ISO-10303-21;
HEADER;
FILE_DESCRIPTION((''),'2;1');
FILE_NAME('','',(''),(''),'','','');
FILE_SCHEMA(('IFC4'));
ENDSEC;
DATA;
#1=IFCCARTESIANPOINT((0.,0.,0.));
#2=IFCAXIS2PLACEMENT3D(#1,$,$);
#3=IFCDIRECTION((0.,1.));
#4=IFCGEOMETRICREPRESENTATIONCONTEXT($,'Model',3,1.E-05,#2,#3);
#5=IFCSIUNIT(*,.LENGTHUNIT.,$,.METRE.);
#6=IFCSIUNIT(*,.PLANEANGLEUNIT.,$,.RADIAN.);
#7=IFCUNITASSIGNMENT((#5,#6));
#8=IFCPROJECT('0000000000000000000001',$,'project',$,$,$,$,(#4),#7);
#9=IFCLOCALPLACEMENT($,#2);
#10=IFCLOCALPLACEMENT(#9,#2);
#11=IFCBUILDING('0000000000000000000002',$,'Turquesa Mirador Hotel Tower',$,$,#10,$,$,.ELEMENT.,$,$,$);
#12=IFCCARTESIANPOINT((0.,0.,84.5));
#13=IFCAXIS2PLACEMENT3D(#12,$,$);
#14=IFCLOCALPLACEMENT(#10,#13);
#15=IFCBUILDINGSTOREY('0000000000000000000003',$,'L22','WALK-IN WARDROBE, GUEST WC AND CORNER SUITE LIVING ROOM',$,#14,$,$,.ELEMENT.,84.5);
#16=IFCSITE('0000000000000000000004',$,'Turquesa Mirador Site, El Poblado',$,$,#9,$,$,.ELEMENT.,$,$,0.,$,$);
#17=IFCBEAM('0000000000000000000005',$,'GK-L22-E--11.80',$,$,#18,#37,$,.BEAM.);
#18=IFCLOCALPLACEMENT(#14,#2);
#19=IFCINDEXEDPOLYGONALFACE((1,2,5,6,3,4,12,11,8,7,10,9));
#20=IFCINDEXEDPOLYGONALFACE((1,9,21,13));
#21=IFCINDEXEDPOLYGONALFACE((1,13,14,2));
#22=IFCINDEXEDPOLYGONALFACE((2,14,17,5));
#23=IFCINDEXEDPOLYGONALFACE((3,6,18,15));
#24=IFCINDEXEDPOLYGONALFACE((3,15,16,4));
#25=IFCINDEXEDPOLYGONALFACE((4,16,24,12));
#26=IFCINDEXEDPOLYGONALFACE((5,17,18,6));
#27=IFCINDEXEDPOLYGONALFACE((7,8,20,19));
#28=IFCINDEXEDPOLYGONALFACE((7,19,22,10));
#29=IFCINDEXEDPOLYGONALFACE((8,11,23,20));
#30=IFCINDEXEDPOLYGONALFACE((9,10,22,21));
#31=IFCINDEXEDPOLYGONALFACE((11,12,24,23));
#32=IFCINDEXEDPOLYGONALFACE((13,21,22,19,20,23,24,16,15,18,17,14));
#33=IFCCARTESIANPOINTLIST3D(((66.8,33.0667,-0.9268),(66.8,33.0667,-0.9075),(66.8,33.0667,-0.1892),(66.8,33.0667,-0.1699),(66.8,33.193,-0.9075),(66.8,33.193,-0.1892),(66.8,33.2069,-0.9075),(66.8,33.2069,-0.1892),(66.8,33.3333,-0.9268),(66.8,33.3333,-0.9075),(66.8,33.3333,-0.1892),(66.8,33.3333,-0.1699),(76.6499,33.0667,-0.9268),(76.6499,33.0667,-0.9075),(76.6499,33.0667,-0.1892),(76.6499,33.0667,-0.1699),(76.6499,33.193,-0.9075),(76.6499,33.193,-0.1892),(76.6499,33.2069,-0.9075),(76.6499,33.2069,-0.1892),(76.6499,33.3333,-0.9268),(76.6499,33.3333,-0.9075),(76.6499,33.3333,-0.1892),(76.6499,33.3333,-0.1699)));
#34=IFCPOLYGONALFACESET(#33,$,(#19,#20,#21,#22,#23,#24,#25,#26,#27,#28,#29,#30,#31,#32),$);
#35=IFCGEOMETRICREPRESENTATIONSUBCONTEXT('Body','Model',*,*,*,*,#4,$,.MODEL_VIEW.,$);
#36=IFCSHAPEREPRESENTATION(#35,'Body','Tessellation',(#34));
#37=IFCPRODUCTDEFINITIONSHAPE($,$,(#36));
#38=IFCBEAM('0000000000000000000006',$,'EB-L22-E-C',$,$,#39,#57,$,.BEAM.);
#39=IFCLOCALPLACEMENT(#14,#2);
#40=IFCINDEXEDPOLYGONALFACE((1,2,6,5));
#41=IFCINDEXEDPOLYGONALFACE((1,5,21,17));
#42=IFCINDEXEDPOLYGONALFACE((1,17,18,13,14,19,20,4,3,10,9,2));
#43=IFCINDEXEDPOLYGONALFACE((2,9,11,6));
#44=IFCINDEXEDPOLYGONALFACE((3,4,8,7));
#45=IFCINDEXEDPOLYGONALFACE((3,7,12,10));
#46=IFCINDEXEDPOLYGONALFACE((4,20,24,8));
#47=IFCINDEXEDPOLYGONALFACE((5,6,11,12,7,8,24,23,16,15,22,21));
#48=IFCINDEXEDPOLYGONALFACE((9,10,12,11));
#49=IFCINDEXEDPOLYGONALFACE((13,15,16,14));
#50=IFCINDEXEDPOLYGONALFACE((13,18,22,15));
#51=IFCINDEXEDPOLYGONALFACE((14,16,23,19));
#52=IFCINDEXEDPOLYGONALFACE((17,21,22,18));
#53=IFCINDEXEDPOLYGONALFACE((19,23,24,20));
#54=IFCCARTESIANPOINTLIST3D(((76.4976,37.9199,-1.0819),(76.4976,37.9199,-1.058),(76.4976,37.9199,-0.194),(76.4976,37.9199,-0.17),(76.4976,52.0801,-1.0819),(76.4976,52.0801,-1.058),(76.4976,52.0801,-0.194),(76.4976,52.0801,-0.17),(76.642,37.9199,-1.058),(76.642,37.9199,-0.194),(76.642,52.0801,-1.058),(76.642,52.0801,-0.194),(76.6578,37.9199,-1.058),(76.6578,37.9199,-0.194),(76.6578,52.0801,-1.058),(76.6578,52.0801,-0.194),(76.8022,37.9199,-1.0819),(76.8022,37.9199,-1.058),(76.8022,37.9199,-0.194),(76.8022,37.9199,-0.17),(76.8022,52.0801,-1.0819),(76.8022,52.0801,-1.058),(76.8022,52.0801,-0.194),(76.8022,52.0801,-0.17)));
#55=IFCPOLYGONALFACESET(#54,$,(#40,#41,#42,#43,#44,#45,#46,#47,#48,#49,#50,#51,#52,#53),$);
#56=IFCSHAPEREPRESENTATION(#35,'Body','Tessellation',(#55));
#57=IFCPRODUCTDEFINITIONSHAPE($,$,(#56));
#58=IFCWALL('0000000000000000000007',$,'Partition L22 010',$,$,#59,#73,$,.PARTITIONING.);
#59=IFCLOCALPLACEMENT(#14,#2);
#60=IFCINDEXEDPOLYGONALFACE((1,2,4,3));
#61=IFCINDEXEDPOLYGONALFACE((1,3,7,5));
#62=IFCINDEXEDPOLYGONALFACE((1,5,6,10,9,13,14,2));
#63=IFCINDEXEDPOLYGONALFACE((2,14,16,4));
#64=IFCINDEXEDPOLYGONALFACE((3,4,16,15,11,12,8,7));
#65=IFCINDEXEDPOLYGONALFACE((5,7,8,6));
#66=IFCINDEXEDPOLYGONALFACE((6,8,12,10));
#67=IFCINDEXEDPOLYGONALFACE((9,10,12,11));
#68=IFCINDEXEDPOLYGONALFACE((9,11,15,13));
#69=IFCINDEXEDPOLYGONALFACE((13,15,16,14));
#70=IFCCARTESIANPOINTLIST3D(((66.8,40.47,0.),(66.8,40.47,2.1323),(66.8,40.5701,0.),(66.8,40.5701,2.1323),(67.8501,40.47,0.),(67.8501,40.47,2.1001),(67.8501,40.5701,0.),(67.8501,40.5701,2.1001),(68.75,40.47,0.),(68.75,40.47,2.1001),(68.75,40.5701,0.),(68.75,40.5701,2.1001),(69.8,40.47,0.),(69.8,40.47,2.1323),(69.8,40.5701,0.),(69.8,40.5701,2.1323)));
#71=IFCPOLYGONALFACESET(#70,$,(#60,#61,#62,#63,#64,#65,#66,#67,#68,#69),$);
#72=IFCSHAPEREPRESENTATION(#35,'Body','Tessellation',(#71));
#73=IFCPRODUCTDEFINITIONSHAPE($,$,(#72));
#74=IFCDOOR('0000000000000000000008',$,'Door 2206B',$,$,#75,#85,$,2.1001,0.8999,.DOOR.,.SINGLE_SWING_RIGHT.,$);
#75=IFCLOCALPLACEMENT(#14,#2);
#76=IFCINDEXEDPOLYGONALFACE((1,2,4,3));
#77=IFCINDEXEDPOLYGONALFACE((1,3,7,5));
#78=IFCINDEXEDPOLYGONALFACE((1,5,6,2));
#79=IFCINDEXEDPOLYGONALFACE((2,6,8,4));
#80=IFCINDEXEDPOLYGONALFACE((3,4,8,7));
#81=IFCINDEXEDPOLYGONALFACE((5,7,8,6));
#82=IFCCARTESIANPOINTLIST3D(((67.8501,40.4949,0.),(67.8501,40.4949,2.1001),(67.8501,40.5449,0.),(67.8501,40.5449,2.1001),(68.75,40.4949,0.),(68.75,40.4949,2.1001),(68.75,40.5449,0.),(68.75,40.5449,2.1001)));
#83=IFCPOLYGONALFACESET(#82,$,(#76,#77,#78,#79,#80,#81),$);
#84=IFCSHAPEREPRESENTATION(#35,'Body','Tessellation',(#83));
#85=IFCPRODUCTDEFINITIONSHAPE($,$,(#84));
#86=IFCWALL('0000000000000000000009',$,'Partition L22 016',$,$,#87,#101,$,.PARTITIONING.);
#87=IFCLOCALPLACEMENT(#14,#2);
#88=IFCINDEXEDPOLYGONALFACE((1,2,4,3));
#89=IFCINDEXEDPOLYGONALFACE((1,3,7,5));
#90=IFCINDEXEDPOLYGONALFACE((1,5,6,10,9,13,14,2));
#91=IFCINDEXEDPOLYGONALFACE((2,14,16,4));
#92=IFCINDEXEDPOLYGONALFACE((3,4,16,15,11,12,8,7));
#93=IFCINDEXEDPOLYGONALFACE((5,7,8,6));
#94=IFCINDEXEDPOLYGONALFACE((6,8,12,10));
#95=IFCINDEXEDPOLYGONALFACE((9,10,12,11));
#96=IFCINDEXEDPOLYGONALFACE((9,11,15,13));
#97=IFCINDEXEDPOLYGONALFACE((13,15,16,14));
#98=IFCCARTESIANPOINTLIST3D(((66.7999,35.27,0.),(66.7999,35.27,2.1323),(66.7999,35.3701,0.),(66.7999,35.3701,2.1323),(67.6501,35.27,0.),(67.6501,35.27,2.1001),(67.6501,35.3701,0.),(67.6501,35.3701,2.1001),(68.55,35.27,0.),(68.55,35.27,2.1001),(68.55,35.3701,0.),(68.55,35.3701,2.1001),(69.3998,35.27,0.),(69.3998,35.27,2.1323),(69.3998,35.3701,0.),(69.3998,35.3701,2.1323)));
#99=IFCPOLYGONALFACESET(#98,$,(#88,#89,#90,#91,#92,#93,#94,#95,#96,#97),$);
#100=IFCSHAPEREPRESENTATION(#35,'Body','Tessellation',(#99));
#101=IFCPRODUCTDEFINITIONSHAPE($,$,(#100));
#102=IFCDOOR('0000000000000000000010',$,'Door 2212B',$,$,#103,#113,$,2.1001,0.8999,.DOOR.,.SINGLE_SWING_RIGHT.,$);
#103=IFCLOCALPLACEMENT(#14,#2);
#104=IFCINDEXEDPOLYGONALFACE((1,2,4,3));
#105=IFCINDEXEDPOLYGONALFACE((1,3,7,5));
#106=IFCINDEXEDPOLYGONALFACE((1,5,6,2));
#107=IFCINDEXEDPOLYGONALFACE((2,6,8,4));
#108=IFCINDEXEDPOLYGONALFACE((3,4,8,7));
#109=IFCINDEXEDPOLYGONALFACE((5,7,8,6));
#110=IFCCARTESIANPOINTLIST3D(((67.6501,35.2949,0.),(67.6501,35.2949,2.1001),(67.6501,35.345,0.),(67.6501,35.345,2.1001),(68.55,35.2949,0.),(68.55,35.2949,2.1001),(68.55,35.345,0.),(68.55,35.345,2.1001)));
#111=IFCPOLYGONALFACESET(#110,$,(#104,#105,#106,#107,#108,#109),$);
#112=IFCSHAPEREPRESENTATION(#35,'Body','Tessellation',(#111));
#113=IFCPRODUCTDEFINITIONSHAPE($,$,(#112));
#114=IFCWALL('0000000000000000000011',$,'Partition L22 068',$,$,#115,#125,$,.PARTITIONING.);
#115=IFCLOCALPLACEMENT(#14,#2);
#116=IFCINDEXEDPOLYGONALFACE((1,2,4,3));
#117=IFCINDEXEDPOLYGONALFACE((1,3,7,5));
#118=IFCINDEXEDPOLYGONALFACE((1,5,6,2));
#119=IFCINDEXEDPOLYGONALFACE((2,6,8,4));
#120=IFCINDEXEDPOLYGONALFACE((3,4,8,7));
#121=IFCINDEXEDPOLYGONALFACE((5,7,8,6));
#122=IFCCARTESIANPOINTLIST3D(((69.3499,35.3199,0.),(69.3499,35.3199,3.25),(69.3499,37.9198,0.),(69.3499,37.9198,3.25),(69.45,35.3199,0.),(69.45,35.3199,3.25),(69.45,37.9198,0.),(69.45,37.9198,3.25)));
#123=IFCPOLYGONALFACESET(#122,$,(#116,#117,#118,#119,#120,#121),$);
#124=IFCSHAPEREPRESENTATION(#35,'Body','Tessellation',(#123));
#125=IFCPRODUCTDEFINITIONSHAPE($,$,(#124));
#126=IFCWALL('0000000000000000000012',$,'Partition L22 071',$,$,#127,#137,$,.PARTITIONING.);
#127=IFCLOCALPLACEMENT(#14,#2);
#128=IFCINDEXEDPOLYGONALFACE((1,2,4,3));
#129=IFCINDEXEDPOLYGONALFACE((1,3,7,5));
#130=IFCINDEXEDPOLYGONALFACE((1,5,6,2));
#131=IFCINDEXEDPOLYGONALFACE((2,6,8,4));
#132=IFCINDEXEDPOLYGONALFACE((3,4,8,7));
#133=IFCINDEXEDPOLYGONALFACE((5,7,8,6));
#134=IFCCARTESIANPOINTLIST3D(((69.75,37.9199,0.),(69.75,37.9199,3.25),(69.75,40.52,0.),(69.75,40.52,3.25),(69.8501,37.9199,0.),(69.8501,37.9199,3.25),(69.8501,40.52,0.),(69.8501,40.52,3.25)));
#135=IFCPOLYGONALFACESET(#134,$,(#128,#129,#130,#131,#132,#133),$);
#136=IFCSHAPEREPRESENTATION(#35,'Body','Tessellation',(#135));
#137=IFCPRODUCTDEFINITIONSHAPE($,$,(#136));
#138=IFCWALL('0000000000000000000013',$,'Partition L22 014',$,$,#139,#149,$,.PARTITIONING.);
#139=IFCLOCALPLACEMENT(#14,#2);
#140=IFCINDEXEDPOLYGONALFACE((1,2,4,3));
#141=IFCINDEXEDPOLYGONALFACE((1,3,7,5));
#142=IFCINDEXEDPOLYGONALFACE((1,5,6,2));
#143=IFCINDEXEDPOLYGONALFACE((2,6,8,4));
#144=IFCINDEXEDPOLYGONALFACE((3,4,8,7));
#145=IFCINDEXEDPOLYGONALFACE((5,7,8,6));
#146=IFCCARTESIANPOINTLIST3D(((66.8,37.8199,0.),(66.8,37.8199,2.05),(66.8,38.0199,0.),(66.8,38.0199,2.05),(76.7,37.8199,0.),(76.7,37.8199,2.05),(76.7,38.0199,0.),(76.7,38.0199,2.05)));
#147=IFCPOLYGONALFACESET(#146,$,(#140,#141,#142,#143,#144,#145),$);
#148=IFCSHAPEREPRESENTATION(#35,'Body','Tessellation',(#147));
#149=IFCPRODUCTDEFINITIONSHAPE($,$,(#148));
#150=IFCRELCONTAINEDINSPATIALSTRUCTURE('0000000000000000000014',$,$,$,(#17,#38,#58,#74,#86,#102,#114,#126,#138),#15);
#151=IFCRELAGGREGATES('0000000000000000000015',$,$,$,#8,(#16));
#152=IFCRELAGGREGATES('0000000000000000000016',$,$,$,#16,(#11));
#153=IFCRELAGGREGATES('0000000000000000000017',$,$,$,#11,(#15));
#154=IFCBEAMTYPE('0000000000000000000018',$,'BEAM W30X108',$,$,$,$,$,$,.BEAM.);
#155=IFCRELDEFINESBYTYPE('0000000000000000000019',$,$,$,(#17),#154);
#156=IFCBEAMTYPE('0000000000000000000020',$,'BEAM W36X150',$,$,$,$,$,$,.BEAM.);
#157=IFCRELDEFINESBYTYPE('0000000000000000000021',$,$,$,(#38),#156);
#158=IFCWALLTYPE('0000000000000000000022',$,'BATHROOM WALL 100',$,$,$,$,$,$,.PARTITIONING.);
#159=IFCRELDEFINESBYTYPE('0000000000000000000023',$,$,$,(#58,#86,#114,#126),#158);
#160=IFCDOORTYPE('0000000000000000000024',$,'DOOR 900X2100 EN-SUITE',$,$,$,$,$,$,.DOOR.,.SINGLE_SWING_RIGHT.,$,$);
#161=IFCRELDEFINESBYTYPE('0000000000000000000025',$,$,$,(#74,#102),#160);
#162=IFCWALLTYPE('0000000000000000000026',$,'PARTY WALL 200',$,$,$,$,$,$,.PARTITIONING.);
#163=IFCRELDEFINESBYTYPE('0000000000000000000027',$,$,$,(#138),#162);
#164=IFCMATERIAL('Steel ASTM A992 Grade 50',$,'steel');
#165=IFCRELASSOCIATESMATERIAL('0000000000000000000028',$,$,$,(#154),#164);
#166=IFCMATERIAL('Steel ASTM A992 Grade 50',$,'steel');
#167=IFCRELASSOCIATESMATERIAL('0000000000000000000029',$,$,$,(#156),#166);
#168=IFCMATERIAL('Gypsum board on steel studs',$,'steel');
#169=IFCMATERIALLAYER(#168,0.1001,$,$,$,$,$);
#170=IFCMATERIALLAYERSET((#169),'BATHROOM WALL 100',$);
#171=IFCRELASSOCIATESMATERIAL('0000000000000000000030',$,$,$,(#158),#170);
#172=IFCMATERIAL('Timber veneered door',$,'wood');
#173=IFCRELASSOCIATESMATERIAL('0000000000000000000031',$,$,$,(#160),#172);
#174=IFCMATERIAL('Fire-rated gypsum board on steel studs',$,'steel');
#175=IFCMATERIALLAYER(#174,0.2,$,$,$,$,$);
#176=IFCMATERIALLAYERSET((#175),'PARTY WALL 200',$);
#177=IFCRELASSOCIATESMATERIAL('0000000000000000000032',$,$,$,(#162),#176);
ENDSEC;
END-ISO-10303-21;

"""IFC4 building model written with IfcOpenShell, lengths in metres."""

from ifc_helpers import new_model, si_unit, direction, frame, frame_2d, origin, origin_2d, place, context, subcontext, project, spatial, rectangle, i_section, extrude, material, layer, layer_set, material_profile, profile_set, type_object, element, fill, save


model = new_model("IFC4")

# Units and contexts
model_context = context("Model", 3, precision=1e-05, world=origin(), true_north=direction((0.0, 1.0)))
body_context = subcontext(model_context, "Body", "Model", "MODEL_VIEW")
ifc_project = project(units=[si_unit("LENGTHUNIT", "METRE"), si_unit("PLANEANGLEUNIT", "RADIAN")], contexts=[model_context])

# Site, building, storey
site_placement = place(None, origin())
site = spatial("IfcSite", under=ifc_project, at=site_placement, Name="Turquesa Mirador Site, El Poblado", CompositionType="ELEMENT", RefElevation=0.0)
building_placement = place(site_placement, origin())
building = spatial("IfcBuilding", under=site, at=building_placement, Name="Turquesa Mirador Hotel Tower", CompositionType="ELEMENT")
storey_placement = place(building_placement, frame((0.0, 0.0, 84.5)))
storey = spatial("IfcBuildingStorey", under=building, at=storey_placement, Name="L22", Description="WALK-IN WARDROBE, GUEST WC AND CORNER SUITE LIVING ROOM", CompositionType="ELEMENT", Elevation=84.5)

# Beams
ifc_material_1 = material(Name="Steel ASTM A992 Grade 50", Category="steel")
ifc_material_profile_1 = material_profile(ifc_material_1, i_section(OverallWidth=0.2666, OverallDepth=0.7568, WebThickness=0.0139, FlangeThickness=0.0193, at=origin_2d()), Name="W30X108")
ifc_profile_set_1 = profile_set([ifc_material_profile_1], Name="Steel ASTM A992 Grade 50")
beam_type_1 = type_object("IfcBeamType", Name="BEAM W30X108", PredefinedType="BEAM", material=ifc_profile_set_1)
beam_1_placement = place(storey_placement, frame((76.6499, 33.2, -0.5483), z_axis=(-1.0, 0.0, 0.0), x_axis=(0.0, -1.0, 0.0)))
element("IfcBeam", 1, at=beam_1_placement, inside=storey, type_object=beam_type_1, Name="GK-L22-E--11.80", PredefinedType="BEAM", context=body_context, shape_type="SweptSolid", body=[
    extrude(i_section(OverallWidth=0.2666, OverallDepth=0.7568, WebThickness=0.0139, FlangeThickness=0.0193, at=origin_2d()), origin(), (0.0, 0.0, 1.0), 9.8499),
])
ifc_material_2 = material(Name="Steel ASTM A992 Grade 50", Category="steel")
ifc_material_profile_2 = material_profile(ifc_material_2, i_section(OverallWidth=0.3047, OverallDepth=0.9119, WebThickness=0.0159, FlangeThickness=0.0239, at=origin_2d()), Name="W36X150")
ifc_profile_set_2 = profile_set([ifc_material_profile_2], Name="Steel ASTM A992 Grade 50")
beam_type_2 = type_object("IfcBeamType", Name="BEAM W36X150", PredefinedType="BEAM", material=ifc_profile_set_2)
beam_2_placement = place(storey_placement, frame((76.6499, 37.9199, -0.626), z_axis=(0.0, 1.0, 0.0), x_axis=(-1.0, 0.0, 0.0)))
element("IfcBeam", 2, at=beam_2_placement, inside=storey, type_object=beam_type_2, Name="EB-L22-E-C", PredefinedType="BEAM", context=body_context, shape_type="SweptSolid", body=[
    extrude(i_section(OverallWidth=0.3047, OverallDepth=0.9119, WebThickness=0.0159, FlangeThickness=0.0239, at=origin_2d()), origin(), (0.0, 0.0, 1.0), 14.1602),
])

# Walls, openings, doors
ifc_material_3 = material(Name="Gypsum board on steel studs", Category="steel")
ifc_layer_1 = layer(ifc_material_3, 0.1001)
ifc_layer_set_1 = layer_set([ifc_layer_1], Name="BATHROOM WALL 100")
wall_type_1 = type_object("IfcWallType", Name="BATHROOM WALL 100", PredefinedType="PARTITIONING", material=ifc_layer_set_1)
wall_1_placement = place(storey_placement, frame((66.8, 40.52, 0.0), z_axis=(0.0, 0.0, 1.0), x_axis=(1.0, 0.0, 0.0)))
wall_1 = element("IfcWall", 3, at=wall_1_placement, inside=storey, type_object=wall_type_1, Name="Partition L22 010", PredefinedType="PARTITIONING", context=body_context, shape_type="SweptSolid", body=[
    extrude(rectangle(XDim=3.0, YDim=0.1001, at=frame_2d((1.5, 0.0))), origin(), (0.0, 0.0, 1.0), 2.1323),
])
opening_1_placement = place(wall_1_placement, frame((1.05, 0.0, 0.0)))
opening_1 = element("IfcOpeningElement", 4, at=opening_1_placement, cuts=wall_1, PredefinedType="OPENING", context=body_context, shape_type="SweptSolid", body=[
    extrude(rectangle(XDim=0.8999, YDim=2.1001, at=frame_2d((0.45, 1.05))), frame((0.0, 0.0601, 0.0), z_axis=(0.0, -1.0, 0.0), x_axis=(1.0, 0.0, 0.0)), (0.0, 0.0, 1.0), 0.1201),
])
ifc_material_4 = material(Name="Timber veneered door", Category="wood")
door_type_1 = type_object("IfcDoorType", Name="DOOR 900X2100 EN-SUITE", OperationType="SINGLE_SWING_RIGHT", PredefinedType="DOOR", material=ifc_material_4)
door_1_placement = place(opening_1_placement, origin())
door_1 = element("IfcDoor", 5, at=door_1_placement, inside=storey, type_object=door_type_1, Name="Door 2206B", OperationType="SINGLE_SWING_RIGHT", OverallHeight=2.1001, OverallWidth=0.8999, PredefinedType="DOOR", context=body_context, shape_type="SweptSolid", body=[
    extrude(rectangle(XDim=0.8999, YDim=2.1001, at=frame_2d((0.45, 1.05))), frame((0.0, 0.0249, 0.0), z_axis=(0.0, -1.0, 0.0), x_axis=(1.0, 0.0, 0.0)), (0.0, 0.0, 1.0), 0.05),
])
fill(opening_1, door_1)
wall_2_placement = place(storey_placement, frame((66.8, 35.3201, 0.0), z_axis=(0.0, 0.0, 1.0), x_axis=(1.0, 0.0, 0.0)))
wall_2 = element("IfcWall", 6, at=wall_2_placement, inside=storey, type_object=wall_type_1, Name="Partition L22 016", PredefinedType="PARTITIONING", context=body_context, shape_type="SweptSolid", body=[
    extrude(rectangle(XDim=2.5999, YDim=0.1001, at=frame_2d((1.2998, 0.0))), origin(), (0.0, 0.0, 1.0), 2.1323),
])
opening_2_placement = place(wall_2_placement, frame((0.8501, 0.0, 0.0)))
opening_2 = element("IfcOpeningElement", 7, at=opening_2_placement, cuts=wall_2, PredefinedType="OPENING", context=body_context, shape_type="SweptSolid", body=[
    extrude(rectangle(XDim=0.8999, YDim=2.1001, at=frame_2d((0.45, 1.05))), frame((0.0, 0.0601, 0.0), z_axis=(0.0, -1.0, 0.0), x_axis=(1.0, 0.0, 0.0)), (0.0, 0.0, 1.0), 0.1201),
])
door_2_placement = place(opening_2_placement, origin())
door_2 = element("IfcDoor", 8, at=door_2_placement, inside=storey, type_object=door_type_1, Name="Door 2212B", OperationType="SINGLE_SWING_RIGHT", OverallHeight=2.1001, OverallWidth=0.8999, PredefinedType="DOOR", context=body_context, shape_type="SweptSolid", body=[
    extrude(rectangle(XDim=0.8999, YDim=2.1001, at=frame_2d((0.45, 1.05))), frame((0.0, 0.0249, 0.0), z_axis=(0.0, -1.0, 0.0), x_axis=(1.0, 0.0, 0.0)), (0.0, 0.0, 1.0), 0.05),
])
fill(opening_2, door_2)

# Walls
wall_3_placement = place(storey_placement, frame((69.3999, 35.3201, 0.0), z_axis=(0.0, 0.0, 1.0), x_axis=(0.0, 1.0, 0.0)))
element("IfcWall", 9, at=wall_3_placement, inside=storey, type_object=wall_type_1, Name="Partition L22 068", PredefinedType="PARTITIONING", context=body_context, shape_type="SweptSolid", body=[
    extrude(rectangle(XDim=2.5999, YDim=0.1001, at=frame_2d((1.2998, 0.0))), origin(), (0.0, 0.0, 1.0), 3.25),
])
wall_4_placement = place(storey_placement, frame((69.8, 37.9199, 0.0), z_axis=(0.0, 0.0, 1.0), x_axis=(0.0, 1.0, 0.0)))
element("IfcWall", 10, at=wall_4_placement, inside=storey, type_object=wall_type_1, Name="Partition L22 071", PredefinedType="PARTITIONING", context=body_context, shape_type="SweptSolid", body=[
    extrude(rectangle(XDim=2.6001, YDim=0.1001, at=frame_2d((1.3, 0.0))), origin(), (0.0, 0.0, 1.0), 3.25),
])
ifc_material_5 = material(Name="Fire-rated gypsum board on steel studs", Category="steel")
ifc_layer_2 = layer(ifc_material_5, 0.2)
ifc_layer_set_2 = layer_set([ifc_layer_2], Name="PARTY WALL 200")
wall_type_2 = type_object("IfcWallType", Name="PARTY WALL 200", PredefinedType="PARTITIONING", material=ifc_layer_set_2)
wall_5_placement = place(storey_placement, frame((66.8, 37.9199, 0.0), z_axis=(0.0, 0.0, 1.0), x_axis=(1.0, 0.0, 0.0)))
element("IfcWall", 11, at=wall_5_placement, inside=storey, type_object=wall_type_2, Name="Partition L22 014", PredefinedType="PARTITIONING", context=body_context, shape_type="SweptSolid", body=[
    extrude(rectangle(XDim=9.8999, YDim=0.2, at=frame_2d((4.95, 0.0))), origin(), (0.0, 0.0, 1.0), 2.05),
])

save(model, "model.ifc")
